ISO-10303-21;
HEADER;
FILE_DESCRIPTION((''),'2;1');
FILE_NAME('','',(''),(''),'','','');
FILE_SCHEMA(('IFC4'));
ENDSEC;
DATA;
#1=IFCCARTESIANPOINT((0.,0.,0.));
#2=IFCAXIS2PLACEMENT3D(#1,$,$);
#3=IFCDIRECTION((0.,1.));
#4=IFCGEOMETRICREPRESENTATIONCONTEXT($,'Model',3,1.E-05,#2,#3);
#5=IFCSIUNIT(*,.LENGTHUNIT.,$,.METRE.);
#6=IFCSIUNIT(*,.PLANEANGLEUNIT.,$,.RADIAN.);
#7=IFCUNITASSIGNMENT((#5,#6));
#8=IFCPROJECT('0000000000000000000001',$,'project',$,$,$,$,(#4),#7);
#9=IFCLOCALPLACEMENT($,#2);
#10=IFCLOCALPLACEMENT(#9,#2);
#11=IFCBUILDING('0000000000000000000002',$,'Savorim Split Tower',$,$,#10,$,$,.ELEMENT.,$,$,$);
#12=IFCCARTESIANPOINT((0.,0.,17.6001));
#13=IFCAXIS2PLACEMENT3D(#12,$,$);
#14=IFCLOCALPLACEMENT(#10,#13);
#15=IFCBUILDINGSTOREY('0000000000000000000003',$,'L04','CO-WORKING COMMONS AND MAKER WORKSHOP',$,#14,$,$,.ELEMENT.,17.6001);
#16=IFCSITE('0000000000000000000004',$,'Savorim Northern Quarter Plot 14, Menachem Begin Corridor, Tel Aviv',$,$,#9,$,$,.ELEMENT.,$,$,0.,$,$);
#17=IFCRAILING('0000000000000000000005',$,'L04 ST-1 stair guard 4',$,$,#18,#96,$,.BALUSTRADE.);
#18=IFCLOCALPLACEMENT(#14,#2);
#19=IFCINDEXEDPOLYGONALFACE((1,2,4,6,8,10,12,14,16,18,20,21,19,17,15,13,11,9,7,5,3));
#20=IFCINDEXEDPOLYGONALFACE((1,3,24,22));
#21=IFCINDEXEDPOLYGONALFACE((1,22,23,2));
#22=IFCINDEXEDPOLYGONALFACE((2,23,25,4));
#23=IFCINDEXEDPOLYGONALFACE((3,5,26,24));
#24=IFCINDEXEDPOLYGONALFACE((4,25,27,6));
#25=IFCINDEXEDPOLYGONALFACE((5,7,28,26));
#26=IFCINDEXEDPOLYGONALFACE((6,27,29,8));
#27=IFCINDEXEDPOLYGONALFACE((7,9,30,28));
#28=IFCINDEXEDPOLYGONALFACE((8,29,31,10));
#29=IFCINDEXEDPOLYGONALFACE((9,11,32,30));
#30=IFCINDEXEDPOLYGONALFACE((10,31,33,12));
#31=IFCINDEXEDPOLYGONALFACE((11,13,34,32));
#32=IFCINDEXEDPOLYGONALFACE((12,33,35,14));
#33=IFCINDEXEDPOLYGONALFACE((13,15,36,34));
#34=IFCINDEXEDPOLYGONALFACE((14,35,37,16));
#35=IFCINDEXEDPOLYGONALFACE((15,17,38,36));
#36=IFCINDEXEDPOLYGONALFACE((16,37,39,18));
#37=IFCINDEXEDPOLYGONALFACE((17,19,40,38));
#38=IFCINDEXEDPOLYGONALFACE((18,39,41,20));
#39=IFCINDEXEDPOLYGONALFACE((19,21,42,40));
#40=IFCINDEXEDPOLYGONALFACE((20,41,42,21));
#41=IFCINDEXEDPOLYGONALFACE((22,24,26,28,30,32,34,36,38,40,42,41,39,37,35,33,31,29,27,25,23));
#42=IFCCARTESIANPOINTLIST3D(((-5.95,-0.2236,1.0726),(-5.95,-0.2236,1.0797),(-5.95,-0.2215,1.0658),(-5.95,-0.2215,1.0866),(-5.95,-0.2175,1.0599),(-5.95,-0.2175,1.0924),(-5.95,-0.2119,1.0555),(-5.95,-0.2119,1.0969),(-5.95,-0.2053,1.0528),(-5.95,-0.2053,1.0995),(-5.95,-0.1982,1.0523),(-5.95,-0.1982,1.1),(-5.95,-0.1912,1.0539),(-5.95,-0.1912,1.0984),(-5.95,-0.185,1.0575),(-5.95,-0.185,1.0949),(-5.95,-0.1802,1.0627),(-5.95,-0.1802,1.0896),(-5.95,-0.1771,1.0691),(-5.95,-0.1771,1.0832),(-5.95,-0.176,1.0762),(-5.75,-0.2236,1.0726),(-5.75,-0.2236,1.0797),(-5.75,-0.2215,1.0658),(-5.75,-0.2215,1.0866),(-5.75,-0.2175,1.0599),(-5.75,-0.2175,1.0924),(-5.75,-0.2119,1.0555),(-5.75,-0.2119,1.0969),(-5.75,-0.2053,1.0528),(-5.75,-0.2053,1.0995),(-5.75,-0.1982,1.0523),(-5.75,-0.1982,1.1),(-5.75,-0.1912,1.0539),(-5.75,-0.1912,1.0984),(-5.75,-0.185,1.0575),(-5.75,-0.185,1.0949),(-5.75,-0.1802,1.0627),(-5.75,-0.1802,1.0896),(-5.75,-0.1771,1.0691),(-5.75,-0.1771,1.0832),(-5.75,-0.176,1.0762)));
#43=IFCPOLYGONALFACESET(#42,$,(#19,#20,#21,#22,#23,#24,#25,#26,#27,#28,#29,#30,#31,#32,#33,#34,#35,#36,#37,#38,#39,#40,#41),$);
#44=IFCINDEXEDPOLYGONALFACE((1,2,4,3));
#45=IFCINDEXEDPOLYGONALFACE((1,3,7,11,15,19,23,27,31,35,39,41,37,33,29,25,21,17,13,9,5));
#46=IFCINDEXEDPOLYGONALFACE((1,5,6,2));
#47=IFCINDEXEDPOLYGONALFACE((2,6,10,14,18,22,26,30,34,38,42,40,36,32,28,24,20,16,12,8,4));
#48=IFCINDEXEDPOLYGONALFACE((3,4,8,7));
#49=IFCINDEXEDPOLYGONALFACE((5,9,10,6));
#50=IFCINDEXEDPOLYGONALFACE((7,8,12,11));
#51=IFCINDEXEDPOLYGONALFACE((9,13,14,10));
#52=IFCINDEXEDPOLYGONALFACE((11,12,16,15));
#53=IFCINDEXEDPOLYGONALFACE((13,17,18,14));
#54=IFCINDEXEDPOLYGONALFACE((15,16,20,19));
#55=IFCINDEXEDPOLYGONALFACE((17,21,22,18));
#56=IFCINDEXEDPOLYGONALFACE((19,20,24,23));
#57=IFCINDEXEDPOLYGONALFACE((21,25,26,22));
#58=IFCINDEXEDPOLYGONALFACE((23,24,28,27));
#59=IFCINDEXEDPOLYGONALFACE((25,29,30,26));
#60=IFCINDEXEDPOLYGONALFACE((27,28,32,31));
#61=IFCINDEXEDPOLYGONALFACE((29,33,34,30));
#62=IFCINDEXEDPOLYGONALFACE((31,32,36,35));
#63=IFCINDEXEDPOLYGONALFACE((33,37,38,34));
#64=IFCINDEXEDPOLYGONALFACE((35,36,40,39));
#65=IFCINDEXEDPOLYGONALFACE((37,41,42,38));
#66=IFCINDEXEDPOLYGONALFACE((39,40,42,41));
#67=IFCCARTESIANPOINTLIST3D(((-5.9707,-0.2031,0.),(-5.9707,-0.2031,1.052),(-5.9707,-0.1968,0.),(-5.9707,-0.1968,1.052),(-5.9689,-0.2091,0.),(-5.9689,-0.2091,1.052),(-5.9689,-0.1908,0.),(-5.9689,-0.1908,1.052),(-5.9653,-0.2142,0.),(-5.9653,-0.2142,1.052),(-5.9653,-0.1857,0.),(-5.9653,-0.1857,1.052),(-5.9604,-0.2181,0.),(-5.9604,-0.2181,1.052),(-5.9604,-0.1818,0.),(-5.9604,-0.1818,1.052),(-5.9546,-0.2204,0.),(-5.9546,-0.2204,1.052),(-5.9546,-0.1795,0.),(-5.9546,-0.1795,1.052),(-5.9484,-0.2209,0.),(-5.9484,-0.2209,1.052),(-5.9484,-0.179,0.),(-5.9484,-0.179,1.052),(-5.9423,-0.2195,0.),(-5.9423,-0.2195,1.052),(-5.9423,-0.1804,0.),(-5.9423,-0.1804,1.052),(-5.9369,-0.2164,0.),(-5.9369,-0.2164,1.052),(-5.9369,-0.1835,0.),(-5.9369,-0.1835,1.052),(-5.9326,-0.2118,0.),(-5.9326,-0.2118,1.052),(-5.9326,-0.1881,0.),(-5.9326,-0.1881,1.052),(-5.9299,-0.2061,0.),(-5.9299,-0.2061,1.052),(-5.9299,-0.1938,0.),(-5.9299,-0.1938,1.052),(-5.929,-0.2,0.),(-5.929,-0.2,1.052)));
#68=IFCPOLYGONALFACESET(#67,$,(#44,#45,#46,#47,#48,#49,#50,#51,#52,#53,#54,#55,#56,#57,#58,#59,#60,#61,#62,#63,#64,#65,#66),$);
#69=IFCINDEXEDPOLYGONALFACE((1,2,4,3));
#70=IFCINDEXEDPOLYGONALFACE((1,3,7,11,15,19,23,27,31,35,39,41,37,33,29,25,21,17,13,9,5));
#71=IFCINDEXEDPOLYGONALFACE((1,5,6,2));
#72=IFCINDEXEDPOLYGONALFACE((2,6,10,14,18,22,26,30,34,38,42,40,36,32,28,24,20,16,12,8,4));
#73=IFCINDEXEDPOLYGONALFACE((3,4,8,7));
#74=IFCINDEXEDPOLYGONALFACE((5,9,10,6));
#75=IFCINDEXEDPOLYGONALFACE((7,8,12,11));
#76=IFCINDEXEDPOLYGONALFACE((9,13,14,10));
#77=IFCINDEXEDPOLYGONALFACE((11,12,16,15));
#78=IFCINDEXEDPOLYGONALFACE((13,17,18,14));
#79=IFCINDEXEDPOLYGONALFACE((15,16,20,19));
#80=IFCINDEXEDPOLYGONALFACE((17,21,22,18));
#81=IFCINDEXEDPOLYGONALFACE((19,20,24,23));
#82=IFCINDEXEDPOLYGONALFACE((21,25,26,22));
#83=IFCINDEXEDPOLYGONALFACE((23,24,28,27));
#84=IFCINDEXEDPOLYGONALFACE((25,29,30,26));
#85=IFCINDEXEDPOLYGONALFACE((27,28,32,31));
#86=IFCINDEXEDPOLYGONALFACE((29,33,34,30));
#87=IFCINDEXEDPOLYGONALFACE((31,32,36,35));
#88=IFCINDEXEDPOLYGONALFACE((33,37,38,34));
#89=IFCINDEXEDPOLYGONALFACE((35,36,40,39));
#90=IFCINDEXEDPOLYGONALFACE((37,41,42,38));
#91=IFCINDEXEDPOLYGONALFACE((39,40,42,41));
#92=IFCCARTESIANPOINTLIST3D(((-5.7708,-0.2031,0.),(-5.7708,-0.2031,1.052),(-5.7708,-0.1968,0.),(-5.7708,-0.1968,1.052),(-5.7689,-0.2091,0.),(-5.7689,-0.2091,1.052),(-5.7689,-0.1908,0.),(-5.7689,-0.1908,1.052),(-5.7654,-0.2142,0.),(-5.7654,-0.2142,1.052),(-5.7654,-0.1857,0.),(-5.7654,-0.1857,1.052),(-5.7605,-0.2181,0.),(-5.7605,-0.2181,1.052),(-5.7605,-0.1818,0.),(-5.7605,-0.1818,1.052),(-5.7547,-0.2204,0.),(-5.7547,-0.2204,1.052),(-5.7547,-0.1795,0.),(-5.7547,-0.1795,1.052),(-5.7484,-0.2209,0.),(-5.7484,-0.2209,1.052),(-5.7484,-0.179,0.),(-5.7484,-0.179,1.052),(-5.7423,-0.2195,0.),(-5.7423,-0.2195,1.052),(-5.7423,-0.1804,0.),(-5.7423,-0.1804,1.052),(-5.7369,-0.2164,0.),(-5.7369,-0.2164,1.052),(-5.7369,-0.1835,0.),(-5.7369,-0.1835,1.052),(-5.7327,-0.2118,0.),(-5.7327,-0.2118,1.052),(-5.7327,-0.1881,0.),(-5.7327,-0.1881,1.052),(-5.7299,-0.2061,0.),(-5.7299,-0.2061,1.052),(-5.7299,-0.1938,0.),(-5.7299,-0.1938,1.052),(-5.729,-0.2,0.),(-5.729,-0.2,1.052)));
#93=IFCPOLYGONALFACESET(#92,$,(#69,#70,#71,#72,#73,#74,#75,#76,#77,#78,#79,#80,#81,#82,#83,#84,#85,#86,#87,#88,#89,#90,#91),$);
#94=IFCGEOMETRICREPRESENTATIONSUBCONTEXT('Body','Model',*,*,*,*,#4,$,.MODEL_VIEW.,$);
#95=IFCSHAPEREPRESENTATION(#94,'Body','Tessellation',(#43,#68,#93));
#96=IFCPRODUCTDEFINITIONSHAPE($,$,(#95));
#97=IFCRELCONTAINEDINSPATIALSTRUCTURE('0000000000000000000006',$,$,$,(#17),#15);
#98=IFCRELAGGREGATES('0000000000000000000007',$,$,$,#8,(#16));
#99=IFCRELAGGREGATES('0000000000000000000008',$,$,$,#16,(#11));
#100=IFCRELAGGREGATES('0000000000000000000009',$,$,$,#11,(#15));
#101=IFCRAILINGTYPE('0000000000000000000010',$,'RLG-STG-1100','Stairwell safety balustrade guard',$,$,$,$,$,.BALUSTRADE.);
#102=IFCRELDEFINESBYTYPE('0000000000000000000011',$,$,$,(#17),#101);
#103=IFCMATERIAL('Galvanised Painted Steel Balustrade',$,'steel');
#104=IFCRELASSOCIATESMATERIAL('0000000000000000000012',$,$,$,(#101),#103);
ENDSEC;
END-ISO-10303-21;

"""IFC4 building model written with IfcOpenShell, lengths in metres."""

from ifc_helpers import new_model, si_unit, direction, frame, origin, origin_2d, place, context, subcontext, project, spatial, circle, extrude, material, type_object, element, save


model = new_model("IFC4")

# Units and contexts
model_context = context("Model", 3, precision=1e-05, world=origin(), true_north=direction((0.0, 1.0)))
body_context = subcontext(model_context, "Body", "Model", "MODEL_VIEW")
ifc_project = project(units=[si_unit("LENGTHUNIT", "METRE"), si_unit("PLANEANGLEUNIT", "RADIAN")], contexts=[model_context])

# Site, building, storey
site_placement = place(None, origin())
site = spatial("IfcSite", under=ifc_project, at=site_placement, Name="Savorim Northern Quarter Plot 14, Menachem Begin Corridor, Tel Aviv", CompositionType="ELEMENT", RefElevation=0.0)
building_placement = place(site_placement, origin())
building = spatial("IfcBuilding", under=site, at=building_placement, Name="Savorim Split Tower", CompositionType="ELEMENT")
storey_placement = place(building_placement, frame((0.0, 0.0, 17.6001)))
storey = spatial("IfcBuildingStorey", under=building, at=storey_placement, Name="L04", Description="CO-WORKING COMMONS AND MAKER WORKSHOP", CompositionType="ELEMENT", Elevation=17.6001)

# Railing
ifc_material_1 = material(Name="Galvanised Painted Steel Balustrade", Category="steel")
railing_type_1 = type_object("IfcRailingType", Name="RLG-STG-1100", Description="Stairwell safety balustrade guard", PredefinedType="BALUSTRADE", material=ifc_material_1)
railing_1_placement = place(storey_placement, frame((-5.95, -0.2, 0.0)))
element("IfcRailing", 1, at=railing_1_placement, inside=storey, type_object=railing_type_1, Name="L04 ST-1 stair guard 4", PredefinedType="BALUSTRADE", context=body_context, shape_type="SweptSolid", body=[
    extrude(circle(Radius=0.0239, at=origin_2d()), frame((0.0, 0.0, 1.0762), z_axis=(1.0, 0.0, 0.0), x_axis=(0.0, 1.0, 0.0)), (0.0, 0.0, 1.0), 0.2),
    extrude(circle(Radius=0.021, at=origin_2d()), origin(), (0.0, 0.0, 1.0), 1.052),
    extrude(circle(Radius=0.021, at=origin_2d()), frame((0.2, 0.0, 0.0)), (0.0, 0.0, 1.0), 1.052),
])

save(model, "model.ifc")
